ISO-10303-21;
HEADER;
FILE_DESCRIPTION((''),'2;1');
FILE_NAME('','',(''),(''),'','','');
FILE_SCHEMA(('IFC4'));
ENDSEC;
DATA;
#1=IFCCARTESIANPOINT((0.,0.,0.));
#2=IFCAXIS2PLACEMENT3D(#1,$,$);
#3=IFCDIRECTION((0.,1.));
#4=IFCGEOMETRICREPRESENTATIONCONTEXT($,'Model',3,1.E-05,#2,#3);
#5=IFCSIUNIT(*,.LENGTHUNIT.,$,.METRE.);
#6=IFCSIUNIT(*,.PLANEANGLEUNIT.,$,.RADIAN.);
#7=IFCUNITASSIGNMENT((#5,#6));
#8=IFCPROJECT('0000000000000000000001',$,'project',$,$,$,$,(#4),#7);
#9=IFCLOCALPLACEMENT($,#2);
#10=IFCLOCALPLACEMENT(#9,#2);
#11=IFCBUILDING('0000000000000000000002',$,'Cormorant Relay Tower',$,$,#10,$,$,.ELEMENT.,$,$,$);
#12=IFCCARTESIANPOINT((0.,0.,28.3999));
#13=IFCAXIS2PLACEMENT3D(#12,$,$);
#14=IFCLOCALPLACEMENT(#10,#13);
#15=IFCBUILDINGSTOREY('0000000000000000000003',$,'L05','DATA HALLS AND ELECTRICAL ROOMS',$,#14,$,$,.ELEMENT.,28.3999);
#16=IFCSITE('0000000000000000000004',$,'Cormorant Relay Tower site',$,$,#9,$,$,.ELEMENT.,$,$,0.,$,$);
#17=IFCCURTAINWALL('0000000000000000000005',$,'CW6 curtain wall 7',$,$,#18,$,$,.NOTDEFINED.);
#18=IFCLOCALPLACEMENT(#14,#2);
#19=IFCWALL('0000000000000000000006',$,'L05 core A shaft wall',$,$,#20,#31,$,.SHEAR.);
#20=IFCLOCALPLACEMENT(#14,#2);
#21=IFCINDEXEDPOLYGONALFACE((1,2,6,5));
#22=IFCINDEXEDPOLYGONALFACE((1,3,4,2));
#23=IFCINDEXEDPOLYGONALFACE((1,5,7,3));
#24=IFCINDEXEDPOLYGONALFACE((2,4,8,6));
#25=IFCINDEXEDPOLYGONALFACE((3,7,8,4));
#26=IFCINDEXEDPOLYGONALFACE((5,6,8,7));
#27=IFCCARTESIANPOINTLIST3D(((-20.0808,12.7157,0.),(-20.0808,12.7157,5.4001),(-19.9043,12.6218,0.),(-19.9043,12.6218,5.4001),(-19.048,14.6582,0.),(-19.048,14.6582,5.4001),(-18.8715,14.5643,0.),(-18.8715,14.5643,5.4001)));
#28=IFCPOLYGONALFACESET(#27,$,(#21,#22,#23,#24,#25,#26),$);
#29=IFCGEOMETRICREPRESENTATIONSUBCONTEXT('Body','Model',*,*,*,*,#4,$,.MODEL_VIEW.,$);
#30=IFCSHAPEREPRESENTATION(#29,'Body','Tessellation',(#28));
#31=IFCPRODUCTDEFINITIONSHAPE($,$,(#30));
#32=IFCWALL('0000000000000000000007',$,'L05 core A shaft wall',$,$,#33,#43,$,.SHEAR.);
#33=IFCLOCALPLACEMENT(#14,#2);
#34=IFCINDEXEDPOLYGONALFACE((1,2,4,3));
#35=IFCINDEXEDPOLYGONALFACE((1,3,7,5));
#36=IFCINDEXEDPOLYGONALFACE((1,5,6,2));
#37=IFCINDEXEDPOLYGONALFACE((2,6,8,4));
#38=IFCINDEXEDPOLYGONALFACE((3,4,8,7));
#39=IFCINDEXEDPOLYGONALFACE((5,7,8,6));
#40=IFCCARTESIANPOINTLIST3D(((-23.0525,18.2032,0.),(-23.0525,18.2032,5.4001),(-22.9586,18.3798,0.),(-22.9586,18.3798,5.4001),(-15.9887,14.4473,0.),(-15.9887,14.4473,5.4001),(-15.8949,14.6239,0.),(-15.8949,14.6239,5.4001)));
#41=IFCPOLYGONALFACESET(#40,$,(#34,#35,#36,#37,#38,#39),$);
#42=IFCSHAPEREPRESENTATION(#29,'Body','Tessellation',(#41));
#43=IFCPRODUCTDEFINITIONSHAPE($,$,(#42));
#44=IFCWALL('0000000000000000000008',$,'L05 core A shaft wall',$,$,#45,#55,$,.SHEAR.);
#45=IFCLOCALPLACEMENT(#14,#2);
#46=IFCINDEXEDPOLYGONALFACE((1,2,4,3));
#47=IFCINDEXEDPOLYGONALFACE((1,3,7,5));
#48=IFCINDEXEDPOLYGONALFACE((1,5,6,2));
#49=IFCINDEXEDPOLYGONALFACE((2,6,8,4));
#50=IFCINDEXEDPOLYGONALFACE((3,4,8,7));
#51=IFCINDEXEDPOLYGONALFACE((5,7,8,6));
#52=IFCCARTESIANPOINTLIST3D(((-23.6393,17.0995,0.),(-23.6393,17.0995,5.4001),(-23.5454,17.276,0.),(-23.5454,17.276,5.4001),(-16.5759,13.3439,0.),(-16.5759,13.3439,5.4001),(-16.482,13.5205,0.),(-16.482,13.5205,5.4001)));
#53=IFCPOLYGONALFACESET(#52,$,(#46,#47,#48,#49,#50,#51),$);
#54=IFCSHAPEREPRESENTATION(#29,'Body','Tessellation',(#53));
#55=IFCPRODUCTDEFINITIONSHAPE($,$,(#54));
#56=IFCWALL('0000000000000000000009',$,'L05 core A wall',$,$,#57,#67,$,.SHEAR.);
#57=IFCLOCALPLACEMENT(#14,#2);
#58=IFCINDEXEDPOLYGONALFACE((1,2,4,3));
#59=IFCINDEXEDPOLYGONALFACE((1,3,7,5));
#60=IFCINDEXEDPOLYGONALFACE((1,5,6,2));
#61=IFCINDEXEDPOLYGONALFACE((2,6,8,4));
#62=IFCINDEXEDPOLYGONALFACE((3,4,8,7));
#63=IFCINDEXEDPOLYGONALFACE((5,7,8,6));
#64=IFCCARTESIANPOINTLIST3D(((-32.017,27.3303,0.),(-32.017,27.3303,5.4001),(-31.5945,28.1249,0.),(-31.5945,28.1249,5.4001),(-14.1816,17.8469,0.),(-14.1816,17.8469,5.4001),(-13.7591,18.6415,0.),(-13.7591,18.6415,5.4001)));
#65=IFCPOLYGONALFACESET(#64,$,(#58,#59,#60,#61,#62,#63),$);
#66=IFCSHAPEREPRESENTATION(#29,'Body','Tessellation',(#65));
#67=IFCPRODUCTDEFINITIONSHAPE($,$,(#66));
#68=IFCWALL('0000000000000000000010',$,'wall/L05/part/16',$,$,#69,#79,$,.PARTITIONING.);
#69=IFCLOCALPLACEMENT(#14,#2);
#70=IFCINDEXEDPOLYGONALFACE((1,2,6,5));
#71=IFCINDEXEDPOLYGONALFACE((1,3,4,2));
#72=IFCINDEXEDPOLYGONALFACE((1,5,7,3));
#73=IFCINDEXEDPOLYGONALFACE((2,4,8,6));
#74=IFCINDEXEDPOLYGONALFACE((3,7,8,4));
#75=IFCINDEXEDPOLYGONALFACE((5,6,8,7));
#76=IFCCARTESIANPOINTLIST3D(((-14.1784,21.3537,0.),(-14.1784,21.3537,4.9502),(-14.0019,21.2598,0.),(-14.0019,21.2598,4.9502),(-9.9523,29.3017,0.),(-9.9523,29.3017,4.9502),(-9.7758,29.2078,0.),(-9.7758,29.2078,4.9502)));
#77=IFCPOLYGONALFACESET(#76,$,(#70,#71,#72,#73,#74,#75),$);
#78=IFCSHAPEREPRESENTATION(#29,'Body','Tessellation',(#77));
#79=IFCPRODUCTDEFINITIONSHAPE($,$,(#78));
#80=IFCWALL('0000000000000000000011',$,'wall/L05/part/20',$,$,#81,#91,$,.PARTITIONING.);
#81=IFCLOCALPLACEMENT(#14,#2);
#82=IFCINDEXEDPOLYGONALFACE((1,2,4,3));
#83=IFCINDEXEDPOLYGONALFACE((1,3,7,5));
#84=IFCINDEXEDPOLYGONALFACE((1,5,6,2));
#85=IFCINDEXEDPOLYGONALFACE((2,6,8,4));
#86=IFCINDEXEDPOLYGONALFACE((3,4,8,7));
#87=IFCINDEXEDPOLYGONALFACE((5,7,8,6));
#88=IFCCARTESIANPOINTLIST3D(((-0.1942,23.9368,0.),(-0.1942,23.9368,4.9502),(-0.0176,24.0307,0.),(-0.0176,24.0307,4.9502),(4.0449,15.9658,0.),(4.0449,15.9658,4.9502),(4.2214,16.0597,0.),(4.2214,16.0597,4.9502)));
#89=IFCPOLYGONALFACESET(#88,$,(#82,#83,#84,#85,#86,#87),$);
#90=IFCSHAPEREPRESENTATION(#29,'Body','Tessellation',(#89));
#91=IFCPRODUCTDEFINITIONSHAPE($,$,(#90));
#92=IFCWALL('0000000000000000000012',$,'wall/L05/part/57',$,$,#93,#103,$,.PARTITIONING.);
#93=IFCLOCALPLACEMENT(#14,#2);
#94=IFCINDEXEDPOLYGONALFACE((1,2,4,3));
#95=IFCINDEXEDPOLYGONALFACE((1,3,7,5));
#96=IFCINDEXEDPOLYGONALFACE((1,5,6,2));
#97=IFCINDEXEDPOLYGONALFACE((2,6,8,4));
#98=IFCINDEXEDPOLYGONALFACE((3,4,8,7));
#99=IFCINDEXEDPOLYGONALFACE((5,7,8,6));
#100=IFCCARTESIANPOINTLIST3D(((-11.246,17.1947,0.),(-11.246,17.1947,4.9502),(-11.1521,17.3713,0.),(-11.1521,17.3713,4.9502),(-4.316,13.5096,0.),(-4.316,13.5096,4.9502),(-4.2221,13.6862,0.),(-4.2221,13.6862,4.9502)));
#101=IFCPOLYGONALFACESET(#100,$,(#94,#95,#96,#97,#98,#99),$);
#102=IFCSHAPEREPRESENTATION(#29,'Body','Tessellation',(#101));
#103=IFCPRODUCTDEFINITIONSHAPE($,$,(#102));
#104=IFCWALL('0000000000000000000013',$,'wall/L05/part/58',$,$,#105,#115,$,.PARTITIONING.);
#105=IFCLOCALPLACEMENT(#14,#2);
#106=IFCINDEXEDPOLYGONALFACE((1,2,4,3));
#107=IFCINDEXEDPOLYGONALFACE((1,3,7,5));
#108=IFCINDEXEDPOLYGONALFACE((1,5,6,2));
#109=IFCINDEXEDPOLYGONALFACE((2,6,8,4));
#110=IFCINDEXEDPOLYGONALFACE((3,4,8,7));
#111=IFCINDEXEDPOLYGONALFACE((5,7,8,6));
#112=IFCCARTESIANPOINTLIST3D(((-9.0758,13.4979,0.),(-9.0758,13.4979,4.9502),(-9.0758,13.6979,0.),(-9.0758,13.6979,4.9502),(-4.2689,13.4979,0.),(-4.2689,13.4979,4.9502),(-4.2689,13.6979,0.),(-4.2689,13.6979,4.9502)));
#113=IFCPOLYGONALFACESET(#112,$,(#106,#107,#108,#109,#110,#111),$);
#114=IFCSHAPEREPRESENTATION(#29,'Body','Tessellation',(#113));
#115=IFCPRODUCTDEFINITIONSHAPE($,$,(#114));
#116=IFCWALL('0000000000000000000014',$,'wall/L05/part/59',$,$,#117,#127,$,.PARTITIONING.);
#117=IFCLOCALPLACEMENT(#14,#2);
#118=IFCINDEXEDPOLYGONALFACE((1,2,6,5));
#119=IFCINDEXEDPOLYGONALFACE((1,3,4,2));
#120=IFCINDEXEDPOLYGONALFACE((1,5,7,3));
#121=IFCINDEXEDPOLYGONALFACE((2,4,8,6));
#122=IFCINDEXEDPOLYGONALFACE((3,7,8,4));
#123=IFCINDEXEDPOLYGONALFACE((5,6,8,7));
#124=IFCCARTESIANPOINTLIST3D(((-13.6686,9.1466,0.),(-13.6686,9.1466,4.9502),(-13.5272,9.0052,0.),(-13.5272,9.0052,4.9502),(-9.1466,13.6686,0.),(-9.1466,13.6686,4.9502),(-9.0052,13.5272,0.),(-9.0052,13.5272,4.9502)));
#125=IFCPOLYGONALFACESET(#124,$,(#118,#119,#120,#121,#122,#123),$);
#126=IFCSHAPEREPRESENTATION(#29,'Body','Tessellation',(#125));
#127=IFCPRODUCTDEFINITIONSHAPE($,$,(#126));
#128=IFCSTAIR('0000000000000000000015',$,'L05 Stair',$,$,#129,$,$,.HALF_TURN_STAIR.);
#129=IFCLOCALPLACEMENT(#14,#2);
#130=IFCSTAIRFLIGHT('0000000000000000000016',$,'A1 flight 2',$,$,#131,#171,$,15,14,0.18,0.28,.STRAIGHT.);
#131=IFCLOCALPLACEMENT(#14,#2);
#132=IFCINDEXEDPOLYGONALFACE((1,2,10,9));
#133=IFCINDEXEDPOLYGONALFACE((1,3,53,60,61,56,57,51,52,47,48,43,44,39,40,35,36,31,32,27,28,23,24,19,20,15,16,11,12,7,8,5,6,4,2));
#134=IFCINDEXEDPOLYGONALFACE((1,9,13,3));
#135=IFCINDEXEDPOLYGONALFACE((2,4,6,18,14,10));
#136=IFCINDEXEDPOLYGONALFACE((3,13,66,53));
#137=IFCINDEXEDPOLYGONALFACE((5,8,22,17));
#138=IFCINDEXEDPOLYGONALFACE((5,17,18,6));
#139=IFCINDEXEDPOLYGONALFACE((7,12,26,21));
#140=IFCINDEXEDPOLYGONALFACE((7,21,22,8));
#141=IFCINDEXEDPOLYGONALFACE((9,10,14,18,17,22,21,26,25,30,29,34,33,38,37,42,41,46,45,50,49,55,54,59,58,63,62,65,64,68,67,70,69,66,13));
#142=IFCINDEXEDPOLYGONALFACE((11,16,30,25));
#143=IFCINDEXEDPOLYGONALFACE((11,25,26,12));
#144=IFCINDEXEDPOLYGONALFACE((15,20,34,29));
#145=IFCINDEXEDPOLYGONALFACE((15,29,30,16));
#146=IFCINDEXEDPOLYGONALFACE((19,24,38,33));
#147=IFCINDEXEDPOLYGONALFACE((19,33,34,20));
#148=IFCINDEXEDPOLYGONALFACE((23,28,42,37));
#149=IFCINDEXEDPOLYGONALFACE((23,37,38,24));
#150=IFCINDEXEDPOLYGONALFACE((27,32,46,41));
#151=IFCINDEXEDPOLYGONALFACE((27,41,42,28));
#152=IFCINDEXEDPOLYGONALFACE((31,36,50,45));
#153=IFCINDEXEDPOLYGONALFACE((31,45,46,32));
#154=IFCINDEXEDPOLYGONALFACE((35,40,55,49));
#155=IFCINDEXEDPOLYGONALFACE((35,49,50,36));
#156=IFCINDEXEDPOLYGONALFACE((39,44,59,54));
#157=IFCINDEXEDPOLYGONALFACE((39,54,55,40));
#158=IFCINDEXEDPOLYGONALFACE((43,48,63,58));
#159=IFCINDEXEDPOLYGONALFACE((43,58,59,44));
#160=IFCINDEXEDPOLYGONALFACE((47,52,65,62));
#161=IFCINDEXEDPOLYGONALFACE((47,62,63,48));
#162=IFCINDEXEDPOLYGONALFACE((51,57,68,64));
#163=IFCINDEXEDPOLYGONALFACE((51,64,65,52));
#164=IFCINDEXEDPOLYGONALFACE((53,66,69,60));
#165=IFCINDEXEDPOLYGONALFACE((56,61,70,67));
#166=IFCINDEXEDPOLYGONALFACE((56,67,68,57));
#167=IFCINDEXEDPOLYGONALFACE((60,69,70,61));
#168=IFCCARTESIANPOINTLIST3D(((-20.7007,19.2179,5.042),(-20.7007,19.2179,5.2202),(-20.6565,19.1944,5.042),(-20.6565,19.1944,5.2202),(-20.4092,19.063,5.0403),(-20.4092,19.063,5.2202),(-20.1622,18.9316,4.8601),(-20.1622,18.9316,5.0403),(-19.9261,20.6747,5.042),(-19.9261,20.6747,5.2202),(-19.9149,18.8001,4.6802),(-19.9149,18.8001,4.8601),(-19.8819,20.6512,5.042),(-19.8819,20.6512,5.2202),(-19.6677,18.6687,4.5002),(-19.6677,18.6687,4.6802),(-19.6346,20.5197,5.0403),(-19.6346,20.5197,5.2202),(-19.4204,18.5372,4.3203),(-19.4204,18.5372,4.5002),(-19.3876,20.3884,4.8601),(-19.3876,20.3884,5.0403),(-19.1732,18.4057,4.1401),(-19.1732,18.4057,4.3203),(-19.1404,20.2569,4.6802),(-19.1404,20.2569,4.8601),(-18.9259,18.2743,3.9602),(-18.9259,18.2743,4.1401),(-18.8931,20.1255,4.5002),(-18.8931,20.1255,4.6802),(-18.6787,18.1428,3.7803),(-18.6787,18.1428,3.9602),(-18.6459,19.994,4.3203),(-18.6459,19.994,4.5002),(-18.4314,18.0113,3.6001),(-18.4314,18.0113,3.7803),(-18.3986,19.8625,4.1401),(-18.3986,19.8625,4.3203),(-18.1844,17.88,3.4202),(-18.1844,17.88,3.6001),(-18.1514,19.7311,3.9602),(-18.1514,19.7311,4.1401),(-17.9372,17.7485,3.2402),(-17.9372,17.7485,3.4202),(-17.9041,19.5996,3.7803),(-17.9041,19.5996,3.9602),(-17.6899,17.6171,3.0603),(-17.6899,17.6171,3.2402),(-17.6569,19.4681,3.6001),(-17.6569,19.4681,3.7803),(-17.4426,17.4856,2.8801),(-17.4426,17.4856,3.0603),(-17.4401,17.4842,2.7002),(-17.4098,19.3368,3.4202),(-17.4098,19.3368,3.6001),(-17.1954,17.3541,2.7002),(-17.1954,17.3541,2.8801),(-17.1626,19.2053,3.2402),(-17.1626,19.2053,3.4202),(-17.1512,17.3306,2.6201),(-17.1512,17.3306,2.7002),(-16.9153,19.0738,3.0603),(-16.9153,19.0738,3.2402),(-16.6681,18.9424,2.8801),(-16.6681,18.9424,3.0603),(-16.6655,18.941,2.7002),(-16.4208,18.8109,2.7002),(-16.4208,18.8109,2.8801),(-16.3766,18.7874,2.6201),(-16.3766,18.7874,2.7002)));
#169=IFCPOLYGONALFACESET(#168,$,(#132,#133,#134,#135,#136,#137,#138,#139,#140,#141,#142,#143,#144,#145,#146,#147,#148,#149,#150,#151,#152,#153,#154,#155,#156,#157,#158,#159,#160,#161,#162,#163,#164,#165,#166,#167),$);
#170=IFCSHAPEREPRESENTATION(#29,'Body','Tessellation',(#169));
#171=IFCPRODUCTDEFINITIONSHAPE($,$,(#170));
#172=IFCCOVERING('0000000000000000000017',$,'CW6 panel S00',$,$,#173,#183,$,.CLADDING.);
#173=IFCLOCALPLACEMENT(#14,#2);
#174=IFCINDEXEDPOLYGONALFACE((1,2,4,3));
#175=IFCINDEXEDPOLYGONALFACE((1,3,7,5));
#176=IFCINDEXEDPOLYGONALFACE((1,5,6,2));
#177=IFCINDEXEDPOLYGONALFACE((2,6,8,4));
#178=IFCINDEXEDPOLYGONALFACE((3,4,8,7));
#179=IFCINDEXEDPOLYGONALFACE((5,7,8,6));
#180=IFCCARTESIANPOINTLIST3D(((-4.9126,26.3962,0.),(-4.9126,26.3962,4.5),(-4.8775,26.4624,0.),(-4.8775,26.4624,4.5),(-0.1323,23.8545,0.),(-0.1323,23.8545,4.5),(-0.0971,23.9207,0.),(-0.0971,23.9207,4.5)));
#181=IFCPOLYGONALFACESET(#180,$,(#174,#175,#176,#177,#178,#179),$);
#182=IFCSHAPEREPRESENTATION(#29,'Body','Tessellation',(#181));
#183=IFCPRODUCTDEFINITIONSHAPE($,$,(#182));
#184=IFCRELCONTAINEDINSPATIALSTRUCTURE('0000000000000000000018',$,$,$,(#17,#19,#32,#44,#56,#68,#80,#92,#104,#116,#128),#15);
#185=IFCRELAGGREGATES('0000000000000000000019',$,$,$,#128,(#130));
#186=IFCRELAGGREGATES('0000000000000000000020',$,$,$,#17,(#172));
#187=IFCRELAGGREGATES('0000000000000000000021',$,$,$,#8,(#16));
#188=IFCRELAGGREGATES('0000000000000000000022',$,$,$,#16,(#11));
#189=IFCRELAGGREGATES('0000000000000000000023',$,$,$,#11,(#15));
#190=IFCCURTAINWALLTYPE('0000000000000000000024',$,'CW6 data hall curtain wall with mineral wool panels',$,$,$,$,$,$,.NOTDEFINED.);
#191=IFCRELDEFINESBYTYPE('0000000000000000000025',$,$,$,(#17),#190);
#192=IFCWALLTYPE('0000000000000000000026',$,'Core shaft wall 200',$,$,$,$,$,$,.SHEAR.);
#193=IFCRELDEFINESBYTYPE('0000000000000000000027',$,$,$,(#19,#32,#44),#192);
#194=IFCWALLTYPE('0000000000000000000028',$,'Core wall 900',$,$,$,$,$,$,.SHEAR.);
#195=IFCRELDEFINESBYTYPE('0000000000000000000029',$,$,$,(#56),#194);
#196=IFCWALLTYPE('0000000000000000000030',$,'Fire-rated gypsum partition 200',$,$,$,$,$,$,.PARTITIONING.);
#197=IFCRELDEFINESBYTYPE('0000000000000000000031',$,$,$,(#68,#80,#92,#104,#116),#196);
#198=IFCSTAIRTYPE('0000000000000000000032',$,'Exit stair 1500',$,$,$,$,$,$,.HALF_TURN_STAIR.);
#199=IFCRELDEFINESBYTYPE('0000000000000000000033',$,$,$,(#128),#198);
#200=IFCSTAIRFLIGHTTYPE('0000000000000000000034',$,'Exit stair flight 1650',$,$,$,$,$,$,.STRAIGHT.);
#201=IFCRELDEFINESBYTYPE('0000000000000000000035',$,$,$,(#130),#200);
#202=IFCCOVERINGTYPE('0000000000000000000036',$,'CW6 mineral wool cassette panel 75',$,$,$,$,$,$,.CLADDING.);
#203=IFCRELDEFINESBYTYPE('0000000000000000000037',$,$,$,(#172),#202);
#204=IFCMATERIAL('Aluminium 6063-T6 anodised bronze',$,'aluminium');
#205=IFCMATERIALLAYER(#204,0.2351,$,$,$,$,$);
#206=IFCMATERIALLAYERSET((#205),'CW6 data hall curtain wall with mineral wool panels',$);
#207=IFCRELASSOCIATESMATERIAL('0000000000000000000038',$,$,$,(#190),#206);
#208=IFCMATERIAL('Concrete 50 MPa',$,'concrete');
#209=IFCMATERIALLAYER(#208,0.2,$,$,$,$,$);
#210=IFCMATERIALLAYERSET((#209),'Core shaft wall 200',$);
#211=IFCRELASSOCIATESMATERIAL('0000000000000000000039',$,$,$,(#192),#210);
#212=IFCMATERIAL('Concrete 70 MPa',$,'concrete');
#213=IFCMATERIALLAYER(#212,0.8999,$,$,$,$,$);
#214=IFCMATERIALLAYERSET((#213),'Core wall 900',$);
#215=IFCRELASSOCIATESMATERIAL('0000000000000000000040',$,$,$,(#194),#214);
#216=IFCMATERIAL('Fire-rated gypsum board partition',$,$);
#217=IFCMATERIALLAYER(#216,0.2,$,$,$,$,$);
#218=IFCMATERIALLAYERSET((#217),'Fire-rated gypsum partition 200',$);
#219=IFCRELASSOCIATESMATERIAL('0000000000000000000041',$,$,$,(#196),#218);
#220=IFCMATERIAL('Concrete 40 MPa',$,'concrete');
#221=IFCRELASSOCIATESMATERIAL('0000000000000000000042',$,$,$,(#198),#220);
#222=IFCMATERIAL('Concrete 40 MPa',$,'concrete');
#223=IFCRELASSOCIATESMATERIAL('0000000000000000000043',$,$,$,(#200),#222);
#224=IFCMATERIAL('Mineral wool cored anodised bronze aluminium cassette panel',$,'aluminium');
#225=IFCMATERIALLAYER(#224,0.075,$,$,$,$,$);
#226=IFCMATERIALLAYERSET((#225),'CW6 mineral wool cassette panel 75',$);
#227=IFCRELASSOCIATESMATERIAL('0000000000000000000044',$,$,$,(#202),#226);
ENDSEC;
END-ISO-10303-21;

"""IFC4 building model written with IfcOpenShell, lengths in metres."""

from ifc_helpers import new_model, si_unit, direction, frame, frame_2d, origin, origin_2d, place, context, subcontext, project, spatial, polyline, rectangle, outline, extrude, material, layer, layer_set, type_object, element, aggregate, save


model = new_model("IFC4")

# Units and contexts
model_context = context("Model", 3, precision=1e-05, world=origin(), true_north=direction((0.0, 1.0)))
body_context = subcontext(model_context, "Body", "Model", "MODEL_VIEW")
ifc_project = project(units=[si_unit("LENGTHUNIT", "METRE"), si_unit("PLANEANGLEUNIT", "RADIAN")], contexts=[model_context])

# Site, building, storey
site_placement = place(None, origin())
site = spatial("IfcSite", under=ifc_project, at=site_placement, Name="Cormorant Relay Tower site", CompositionType="ELEMENT", RefElevation=0.0)
building_placement = place(site_placement, origin())
building = spatial("IfcBuilding", under=site, at=building_placement, Name="Cormorant Relay Tower", CompositionType="ELEMENT")
storey_placement = place(building_placement, frame((0.0, 0.0, 28.3999)))
storey = spatial("IfcBuildingStorey", under=building, at=storey_placement, Name="L05", Description="DATA HALLS AND ELECTRICAL ROOMS", CompositionType="ELEMENT", Elevation=28.3999)

# Curtain wall
ifc_material_1 = material(Name="Aluminium 6063-T6 anodised bronze", Category="aluminium")
ifc_layer_1 = layer(ifc_material_1, 0.2351)
ifc_layer_set_1 = layer_set([ifc_layer_1], Name="CW6 data hall curtain wall with mineral wool panels")
curtain_wall_type = type_object("IfcCurtainWallType", Name="CW6 data hall curtain wall with mineral wool panels", PredefinedType="NOTDEFINED", material=ifc_layer_set_1)
curtain_wall_placement = place(storey_placement, origin())
curtain_wall = element("IfcCurtainWall", 1, at=curtain_wall_placement, inside=storey, type_object=curtain_wall_type, Name="CW6 curtain wall 7", PredefinedType="NOTDEFINED")

# Walls
ifc_material_2 = material(Name="Concrete 50 MPa", Category="concrete")
ifc_layer_2 = layer(ifc_material_2, 0.2)
ifc_layer_set_2 = layer_set([ifc_layer_2], Name="Core shaft wall 200")
wall_type_1 = type_object("IfcWallType", Name="Core shaft wall 200", PredefinedType="SHEAR", material=ifc_layer_set_2)
wall_1_placement = place(storey_placement, frame((-18.9597, 14.6113, 0.0), z_axis=(0.0, 0.0, 1.0), x_axis=(-0.469447, -0.88296, 0.0)))
element("IfcWall", 2, at=wall_1_placement, inside=storey, type_object=wall_type_1, Name="L05 core A shaft wall", PredefinedType="SHEAR", context=body_context, shape_type="SweptSolid", body=[
    extrude(rectangle(XDim=2.2, YDim=0.2, at=frame_2d((1.1001, 0.0))), origin(), (0.0, 0.0, 1.0), 5.4001),
])
wall_2_placement = place(storey_placement, frame((-15.9419, 14.5356, 0.0), z_axis=(0.0, 0.0, 1.0), x_axis=(-0.882947, 0.469473, 0.0)))
element("IfcWall", 3, at=wall_2_placement, inside=storey, type_object=wall_type_1, Name="L05 core A shaft wall", PredefinedType="SHEAR", context=body_context, shape_type="SweptSolid", body=[
    extrude(rectangle(XDim=8.0002, YDim=0.2, at=frame_2d((4.0, 0.0))), origin(), (0.0, 0.0, 1.0), 5.4001),
])
wall_3_placement = place(storey_placement, frame((-16.5288, 13.4321, 0.0), z_axis=(0.0, 0.0, 1.0), x_axis=(-0.882953, 0.469462, 0.0)))
element("IfcWall", 4, at=wall_3_placement, inside=storey, type_object=wall_type_1, Name="L05 core A shaft wall", PredefinedType="SHEAR", context=body_context, shape_type="SweptSolid", body=[
    extrude(rectangle(XDim=7.9998, YDim=0.2, at=frame_2d((4.0, 0.0))), origin(), (0.0, 0.0, 1.0), 5.4001),
])

# Shared definitions
ifc_material_3 = material(Name="Concrete 70 MPa", Category="concrete")
ifc_layer_3 = layer(ifc_material_3, 0.8999)
ifc_layer_set_3 = layer_set([ifc_layer_3], Name="Core wall 900")
wall_type_2 = type_object("IfcWallType", Name="Core wall 900", PredefinedType="SHEAR", material=ifc_layer_set_3)

# Walls
wall_4_placement = place(storey_placement, frame((-13.9702, 18.2441, 0.0), z_axis=(0.0, 0.0, 1.0), x_axis=(-0.882945, 0.469476, 0.0)))
element("IfcWall", 5, at=wall_4_placement, inside=storey, type_object=wall_type_2, Name="L05 core A wall", PredefinedType="SHEAR", context=body_context, shape_type="SweptSolid", body=[
    extrude(rectangle(XDim=20.2, YDim=0.8999, at=frame_2d((10.1001, 0.0))), origin(), (0.0, 0.0, 1.0), 5.4001),
])
ifc_material_4 = material(Name="Fire-rated gypsum board partition")
ifc_layer_4 = layer(ifc_material_4, 0.2)
ifc_layer_set_4 = layer_set([ifc_layer_4], Name="Fire-rated gypsum partition 200")
wall_type_3 = type_object("IfcWallType", Name="Fire-rated gypsum partition 200", PredefinedType="PARTITIONING", material=ifc_layer_set_4)
wall_5_placement = place(storey_placement, frame((-9.864, 29.2549, 0.0), z_axis=(0.0, 0.0, 1.0), x_axis=(-0.469476, -0.882945, 0.0)))
element("IfcWall", 6, at=wall_5_placement, inside=storey, type_object=wall_type_3, Name="wall/L05/part/16", PredefinedType="PARTITIONING", context=body_context, shape_type="SweptSolid", body=[
    extrude(rectangle(XDim=9.0017, YDim=0.2, at=frame_2d((4.501, 0.0))), origin(), (0.0, 0.0, 1.0), 4.9502),
])
wall_6_placement = place(storey_placement, frame((-0.106, 23.9839, 0.0), z_axis=(0.0, 0.0, 1.0), x_axis=(0.469539, -0.882912, 0.0)))
element("IfcWall", 7, at=wall_6_placement, inside=storey, type_object=wall_type_3, Name="wall/L05/part/20", PredefinedType="PARTITIONING", context=body_context, shape_type="SweptSolid", body=[
    extrude(rectangle(XDim=9.0281, YDim=0.2, at=frame_2d((4.5142, 0.0))), origin(), (0.0, 0.0, 1.0), 4.9502),
])
wall_7_placement = place(storey_placement, frame((-11.199, 17.283, 0.0), z_axis=(0.0, 0.0, 1.0), x_axis=(0.882929, -0.469506, 0.0)))
element("IfcWall", 8, at=wall_7_placement, inside=storey, type_object=wall_type_3, Name="wall/L05/part/57", PredefinedType="PARTITIONING", context=body_context, shape_type="SweptSolid", body=[
    extrude(rectangle(XDim=7.8489, YDim=0.2, at=frame_2d((3.9243, 0.0))), origin(), (0.0, 0.0, 1.0), 4.9502),
])
wall_8_placement = place(storey_placement, frame((-4.269, 13.5979, 0.0), z_axis=(0.0, 0.0, 1.0), x_axis=(-1.0, 0.0, 0.0)))
element("IfcWall", 9, at=wall_8_placement, inside=storey, type_object=wall_type_3, Name="wall/L05/part/58", PredefinedType="PARTITIONING", context=body_context, shape_type="SweptSolid", body=[
    extrude(rectangle(XDim=4.8069, YDim=0.2, at=frame_2d((2.4033, 0.0))), origin(), (0.0, 0.0, 1.0), 4.9502),
])
wall_9_placement = place(storey_placement, frame((-9.0759, 13.5979, 0.0), z_axis=(0.0, 0.0, 1.0), x_axis=(-0.707107, -0.707107, 0.0)))
element("IfcWall", 10, at=wall_9_placement, inside=storey, type_object=wall_type_3, Name="wall/L05/part/59", PredefinedType="PARTITIONING", context=body_context, shape_type="SweptSolid", body=[
    extrude(rectangle(XDim=6.395, YDim=0.2, at=frame_2d((3.1975, 0.0))), origin(), (0.0, 0.0, 1.0), 4.9502),
])

# Stair, stair flight
ifc_material_5 = material(Name="Concrete 40 MPa", Category="concrete")
stair_type = type_object("IfcStairType", Name="Exit stair 1500", PredefinedType="HALF_TURN_STAIR", material=ifc_material_5)
stair_placement = place(storey_placement, origin())
stair = element("IfcStair", 11, at=stair_placement, inside=storey, type_object=stair_type, Name="L05 Stair", PredefinedType="HALF_TURN_STAIR")
ifc_material_6 = material(Name="Concrete 40 MPa", Category="concrete")
stair_flight_type = type_object("IfcStairFlightType", Name="Exit stair flight 1650", PredefinedType="STRAIGHT", material=ifc_material_6)
stair_flight_placement = place(storey_placement, frame((-16.8081, 18.0825, 2.7002), z_axis=(0.0, 0.0, 1.0), x_axis=(-0.882948, 0.469472, 0.0)))
stair_flight = element("IfcStairFlight", 12, at=stair_flight_placement, type_object=stair_flight_type, Name="A1 flight 2", NumberOfRisers=15, NumberOfTreads=14, PredefinedType="STRAIGHT", RiserHeight=0.18, TreadLength=0.28, context=body_context, shape_type="SweptSolid", body=[
    extrude(outline(polyline([(-0.05, -0.0801), (-0.05, 0.0), (0.0, 0.0), (0.0, 0.1799), (0.28, 0.1799), (0.28, 0.3601), (0.5601, 0.3601), (0.5601, 0.54), (0.8401, 0.54), (0.8401, 0.72), (1.1201, 0.72), (1.1201, 0.8999), (1.3999, 0.8999), (1.3999, 1.0801), (1.6799, 1.0801), (1.6799, 1.26), (1.96, 1.26), (1.96, 1.4399), (2.24, 1.4399), (2.24, 1.6201), (2.52, 1.6201), (2.52, 1.8), (2.8, 1.8), (2.8, 1.98), (3.0801, 1.98), (3.0801, 2.1599), (3.3601, 2.1599), (3.3601, 2.3401), (3.6399, 2.3401), (3.6399, 2.52), (3.9199, 2.52), (3.97, 2.52), (3.97, 2.3418), (3.9199, 2.3418), (0.2771, 0.0), (-0.05, -0.0801)])), frame((0.0, 0.825, 0.0), z_axis=(0.0, -1.0, 0.0), x_axis=(1.0, 0.0, 0.0)), (0.0, 0.0, 1.0), 1.6499),
])
aggregate(stair, [stair_flight])

# Covering
ifc_material_7 = material(Name="Mineral wool cored anodised bronze aluminium cassette panel", Category="aluminium")
ifc_layer_5 = layer(ifc_material_7, 0.075)
ifc_layer_set_5 = layer_set([ifc_layer_5], Name="CW6 mineral wool cassette panel 75")
covering_type = type_object("IfcCoveringType", Name="CW6 mineral wool cassette panel 75", PredefinedType="CLADDING", material=ifc_layer_set_5)
covering_1_placement = place(storey_placement, frame((-2.5049, 25.1584, 0.0), z_axis=(0.0, 0.0, 1.0), x_axis=(-0.882948, 0.469472, 0.0)))
covering_1 = element("IfcCovering", 13, at=covering_1_placement, type_object=covering_type, Name="CW6 panel S00", PredefinedType="CLADDING", context=body_context, shape_type="SweptSolid", body=[
    extrude(rectangle(XDim=5.4141, YDim=0.075, at=origin_2d()), origin(), (0.0, 0.0, 1.0), 4.5),
])
aggregate(curtain_wall, [covering_1])

save(model, "model.ifc")
